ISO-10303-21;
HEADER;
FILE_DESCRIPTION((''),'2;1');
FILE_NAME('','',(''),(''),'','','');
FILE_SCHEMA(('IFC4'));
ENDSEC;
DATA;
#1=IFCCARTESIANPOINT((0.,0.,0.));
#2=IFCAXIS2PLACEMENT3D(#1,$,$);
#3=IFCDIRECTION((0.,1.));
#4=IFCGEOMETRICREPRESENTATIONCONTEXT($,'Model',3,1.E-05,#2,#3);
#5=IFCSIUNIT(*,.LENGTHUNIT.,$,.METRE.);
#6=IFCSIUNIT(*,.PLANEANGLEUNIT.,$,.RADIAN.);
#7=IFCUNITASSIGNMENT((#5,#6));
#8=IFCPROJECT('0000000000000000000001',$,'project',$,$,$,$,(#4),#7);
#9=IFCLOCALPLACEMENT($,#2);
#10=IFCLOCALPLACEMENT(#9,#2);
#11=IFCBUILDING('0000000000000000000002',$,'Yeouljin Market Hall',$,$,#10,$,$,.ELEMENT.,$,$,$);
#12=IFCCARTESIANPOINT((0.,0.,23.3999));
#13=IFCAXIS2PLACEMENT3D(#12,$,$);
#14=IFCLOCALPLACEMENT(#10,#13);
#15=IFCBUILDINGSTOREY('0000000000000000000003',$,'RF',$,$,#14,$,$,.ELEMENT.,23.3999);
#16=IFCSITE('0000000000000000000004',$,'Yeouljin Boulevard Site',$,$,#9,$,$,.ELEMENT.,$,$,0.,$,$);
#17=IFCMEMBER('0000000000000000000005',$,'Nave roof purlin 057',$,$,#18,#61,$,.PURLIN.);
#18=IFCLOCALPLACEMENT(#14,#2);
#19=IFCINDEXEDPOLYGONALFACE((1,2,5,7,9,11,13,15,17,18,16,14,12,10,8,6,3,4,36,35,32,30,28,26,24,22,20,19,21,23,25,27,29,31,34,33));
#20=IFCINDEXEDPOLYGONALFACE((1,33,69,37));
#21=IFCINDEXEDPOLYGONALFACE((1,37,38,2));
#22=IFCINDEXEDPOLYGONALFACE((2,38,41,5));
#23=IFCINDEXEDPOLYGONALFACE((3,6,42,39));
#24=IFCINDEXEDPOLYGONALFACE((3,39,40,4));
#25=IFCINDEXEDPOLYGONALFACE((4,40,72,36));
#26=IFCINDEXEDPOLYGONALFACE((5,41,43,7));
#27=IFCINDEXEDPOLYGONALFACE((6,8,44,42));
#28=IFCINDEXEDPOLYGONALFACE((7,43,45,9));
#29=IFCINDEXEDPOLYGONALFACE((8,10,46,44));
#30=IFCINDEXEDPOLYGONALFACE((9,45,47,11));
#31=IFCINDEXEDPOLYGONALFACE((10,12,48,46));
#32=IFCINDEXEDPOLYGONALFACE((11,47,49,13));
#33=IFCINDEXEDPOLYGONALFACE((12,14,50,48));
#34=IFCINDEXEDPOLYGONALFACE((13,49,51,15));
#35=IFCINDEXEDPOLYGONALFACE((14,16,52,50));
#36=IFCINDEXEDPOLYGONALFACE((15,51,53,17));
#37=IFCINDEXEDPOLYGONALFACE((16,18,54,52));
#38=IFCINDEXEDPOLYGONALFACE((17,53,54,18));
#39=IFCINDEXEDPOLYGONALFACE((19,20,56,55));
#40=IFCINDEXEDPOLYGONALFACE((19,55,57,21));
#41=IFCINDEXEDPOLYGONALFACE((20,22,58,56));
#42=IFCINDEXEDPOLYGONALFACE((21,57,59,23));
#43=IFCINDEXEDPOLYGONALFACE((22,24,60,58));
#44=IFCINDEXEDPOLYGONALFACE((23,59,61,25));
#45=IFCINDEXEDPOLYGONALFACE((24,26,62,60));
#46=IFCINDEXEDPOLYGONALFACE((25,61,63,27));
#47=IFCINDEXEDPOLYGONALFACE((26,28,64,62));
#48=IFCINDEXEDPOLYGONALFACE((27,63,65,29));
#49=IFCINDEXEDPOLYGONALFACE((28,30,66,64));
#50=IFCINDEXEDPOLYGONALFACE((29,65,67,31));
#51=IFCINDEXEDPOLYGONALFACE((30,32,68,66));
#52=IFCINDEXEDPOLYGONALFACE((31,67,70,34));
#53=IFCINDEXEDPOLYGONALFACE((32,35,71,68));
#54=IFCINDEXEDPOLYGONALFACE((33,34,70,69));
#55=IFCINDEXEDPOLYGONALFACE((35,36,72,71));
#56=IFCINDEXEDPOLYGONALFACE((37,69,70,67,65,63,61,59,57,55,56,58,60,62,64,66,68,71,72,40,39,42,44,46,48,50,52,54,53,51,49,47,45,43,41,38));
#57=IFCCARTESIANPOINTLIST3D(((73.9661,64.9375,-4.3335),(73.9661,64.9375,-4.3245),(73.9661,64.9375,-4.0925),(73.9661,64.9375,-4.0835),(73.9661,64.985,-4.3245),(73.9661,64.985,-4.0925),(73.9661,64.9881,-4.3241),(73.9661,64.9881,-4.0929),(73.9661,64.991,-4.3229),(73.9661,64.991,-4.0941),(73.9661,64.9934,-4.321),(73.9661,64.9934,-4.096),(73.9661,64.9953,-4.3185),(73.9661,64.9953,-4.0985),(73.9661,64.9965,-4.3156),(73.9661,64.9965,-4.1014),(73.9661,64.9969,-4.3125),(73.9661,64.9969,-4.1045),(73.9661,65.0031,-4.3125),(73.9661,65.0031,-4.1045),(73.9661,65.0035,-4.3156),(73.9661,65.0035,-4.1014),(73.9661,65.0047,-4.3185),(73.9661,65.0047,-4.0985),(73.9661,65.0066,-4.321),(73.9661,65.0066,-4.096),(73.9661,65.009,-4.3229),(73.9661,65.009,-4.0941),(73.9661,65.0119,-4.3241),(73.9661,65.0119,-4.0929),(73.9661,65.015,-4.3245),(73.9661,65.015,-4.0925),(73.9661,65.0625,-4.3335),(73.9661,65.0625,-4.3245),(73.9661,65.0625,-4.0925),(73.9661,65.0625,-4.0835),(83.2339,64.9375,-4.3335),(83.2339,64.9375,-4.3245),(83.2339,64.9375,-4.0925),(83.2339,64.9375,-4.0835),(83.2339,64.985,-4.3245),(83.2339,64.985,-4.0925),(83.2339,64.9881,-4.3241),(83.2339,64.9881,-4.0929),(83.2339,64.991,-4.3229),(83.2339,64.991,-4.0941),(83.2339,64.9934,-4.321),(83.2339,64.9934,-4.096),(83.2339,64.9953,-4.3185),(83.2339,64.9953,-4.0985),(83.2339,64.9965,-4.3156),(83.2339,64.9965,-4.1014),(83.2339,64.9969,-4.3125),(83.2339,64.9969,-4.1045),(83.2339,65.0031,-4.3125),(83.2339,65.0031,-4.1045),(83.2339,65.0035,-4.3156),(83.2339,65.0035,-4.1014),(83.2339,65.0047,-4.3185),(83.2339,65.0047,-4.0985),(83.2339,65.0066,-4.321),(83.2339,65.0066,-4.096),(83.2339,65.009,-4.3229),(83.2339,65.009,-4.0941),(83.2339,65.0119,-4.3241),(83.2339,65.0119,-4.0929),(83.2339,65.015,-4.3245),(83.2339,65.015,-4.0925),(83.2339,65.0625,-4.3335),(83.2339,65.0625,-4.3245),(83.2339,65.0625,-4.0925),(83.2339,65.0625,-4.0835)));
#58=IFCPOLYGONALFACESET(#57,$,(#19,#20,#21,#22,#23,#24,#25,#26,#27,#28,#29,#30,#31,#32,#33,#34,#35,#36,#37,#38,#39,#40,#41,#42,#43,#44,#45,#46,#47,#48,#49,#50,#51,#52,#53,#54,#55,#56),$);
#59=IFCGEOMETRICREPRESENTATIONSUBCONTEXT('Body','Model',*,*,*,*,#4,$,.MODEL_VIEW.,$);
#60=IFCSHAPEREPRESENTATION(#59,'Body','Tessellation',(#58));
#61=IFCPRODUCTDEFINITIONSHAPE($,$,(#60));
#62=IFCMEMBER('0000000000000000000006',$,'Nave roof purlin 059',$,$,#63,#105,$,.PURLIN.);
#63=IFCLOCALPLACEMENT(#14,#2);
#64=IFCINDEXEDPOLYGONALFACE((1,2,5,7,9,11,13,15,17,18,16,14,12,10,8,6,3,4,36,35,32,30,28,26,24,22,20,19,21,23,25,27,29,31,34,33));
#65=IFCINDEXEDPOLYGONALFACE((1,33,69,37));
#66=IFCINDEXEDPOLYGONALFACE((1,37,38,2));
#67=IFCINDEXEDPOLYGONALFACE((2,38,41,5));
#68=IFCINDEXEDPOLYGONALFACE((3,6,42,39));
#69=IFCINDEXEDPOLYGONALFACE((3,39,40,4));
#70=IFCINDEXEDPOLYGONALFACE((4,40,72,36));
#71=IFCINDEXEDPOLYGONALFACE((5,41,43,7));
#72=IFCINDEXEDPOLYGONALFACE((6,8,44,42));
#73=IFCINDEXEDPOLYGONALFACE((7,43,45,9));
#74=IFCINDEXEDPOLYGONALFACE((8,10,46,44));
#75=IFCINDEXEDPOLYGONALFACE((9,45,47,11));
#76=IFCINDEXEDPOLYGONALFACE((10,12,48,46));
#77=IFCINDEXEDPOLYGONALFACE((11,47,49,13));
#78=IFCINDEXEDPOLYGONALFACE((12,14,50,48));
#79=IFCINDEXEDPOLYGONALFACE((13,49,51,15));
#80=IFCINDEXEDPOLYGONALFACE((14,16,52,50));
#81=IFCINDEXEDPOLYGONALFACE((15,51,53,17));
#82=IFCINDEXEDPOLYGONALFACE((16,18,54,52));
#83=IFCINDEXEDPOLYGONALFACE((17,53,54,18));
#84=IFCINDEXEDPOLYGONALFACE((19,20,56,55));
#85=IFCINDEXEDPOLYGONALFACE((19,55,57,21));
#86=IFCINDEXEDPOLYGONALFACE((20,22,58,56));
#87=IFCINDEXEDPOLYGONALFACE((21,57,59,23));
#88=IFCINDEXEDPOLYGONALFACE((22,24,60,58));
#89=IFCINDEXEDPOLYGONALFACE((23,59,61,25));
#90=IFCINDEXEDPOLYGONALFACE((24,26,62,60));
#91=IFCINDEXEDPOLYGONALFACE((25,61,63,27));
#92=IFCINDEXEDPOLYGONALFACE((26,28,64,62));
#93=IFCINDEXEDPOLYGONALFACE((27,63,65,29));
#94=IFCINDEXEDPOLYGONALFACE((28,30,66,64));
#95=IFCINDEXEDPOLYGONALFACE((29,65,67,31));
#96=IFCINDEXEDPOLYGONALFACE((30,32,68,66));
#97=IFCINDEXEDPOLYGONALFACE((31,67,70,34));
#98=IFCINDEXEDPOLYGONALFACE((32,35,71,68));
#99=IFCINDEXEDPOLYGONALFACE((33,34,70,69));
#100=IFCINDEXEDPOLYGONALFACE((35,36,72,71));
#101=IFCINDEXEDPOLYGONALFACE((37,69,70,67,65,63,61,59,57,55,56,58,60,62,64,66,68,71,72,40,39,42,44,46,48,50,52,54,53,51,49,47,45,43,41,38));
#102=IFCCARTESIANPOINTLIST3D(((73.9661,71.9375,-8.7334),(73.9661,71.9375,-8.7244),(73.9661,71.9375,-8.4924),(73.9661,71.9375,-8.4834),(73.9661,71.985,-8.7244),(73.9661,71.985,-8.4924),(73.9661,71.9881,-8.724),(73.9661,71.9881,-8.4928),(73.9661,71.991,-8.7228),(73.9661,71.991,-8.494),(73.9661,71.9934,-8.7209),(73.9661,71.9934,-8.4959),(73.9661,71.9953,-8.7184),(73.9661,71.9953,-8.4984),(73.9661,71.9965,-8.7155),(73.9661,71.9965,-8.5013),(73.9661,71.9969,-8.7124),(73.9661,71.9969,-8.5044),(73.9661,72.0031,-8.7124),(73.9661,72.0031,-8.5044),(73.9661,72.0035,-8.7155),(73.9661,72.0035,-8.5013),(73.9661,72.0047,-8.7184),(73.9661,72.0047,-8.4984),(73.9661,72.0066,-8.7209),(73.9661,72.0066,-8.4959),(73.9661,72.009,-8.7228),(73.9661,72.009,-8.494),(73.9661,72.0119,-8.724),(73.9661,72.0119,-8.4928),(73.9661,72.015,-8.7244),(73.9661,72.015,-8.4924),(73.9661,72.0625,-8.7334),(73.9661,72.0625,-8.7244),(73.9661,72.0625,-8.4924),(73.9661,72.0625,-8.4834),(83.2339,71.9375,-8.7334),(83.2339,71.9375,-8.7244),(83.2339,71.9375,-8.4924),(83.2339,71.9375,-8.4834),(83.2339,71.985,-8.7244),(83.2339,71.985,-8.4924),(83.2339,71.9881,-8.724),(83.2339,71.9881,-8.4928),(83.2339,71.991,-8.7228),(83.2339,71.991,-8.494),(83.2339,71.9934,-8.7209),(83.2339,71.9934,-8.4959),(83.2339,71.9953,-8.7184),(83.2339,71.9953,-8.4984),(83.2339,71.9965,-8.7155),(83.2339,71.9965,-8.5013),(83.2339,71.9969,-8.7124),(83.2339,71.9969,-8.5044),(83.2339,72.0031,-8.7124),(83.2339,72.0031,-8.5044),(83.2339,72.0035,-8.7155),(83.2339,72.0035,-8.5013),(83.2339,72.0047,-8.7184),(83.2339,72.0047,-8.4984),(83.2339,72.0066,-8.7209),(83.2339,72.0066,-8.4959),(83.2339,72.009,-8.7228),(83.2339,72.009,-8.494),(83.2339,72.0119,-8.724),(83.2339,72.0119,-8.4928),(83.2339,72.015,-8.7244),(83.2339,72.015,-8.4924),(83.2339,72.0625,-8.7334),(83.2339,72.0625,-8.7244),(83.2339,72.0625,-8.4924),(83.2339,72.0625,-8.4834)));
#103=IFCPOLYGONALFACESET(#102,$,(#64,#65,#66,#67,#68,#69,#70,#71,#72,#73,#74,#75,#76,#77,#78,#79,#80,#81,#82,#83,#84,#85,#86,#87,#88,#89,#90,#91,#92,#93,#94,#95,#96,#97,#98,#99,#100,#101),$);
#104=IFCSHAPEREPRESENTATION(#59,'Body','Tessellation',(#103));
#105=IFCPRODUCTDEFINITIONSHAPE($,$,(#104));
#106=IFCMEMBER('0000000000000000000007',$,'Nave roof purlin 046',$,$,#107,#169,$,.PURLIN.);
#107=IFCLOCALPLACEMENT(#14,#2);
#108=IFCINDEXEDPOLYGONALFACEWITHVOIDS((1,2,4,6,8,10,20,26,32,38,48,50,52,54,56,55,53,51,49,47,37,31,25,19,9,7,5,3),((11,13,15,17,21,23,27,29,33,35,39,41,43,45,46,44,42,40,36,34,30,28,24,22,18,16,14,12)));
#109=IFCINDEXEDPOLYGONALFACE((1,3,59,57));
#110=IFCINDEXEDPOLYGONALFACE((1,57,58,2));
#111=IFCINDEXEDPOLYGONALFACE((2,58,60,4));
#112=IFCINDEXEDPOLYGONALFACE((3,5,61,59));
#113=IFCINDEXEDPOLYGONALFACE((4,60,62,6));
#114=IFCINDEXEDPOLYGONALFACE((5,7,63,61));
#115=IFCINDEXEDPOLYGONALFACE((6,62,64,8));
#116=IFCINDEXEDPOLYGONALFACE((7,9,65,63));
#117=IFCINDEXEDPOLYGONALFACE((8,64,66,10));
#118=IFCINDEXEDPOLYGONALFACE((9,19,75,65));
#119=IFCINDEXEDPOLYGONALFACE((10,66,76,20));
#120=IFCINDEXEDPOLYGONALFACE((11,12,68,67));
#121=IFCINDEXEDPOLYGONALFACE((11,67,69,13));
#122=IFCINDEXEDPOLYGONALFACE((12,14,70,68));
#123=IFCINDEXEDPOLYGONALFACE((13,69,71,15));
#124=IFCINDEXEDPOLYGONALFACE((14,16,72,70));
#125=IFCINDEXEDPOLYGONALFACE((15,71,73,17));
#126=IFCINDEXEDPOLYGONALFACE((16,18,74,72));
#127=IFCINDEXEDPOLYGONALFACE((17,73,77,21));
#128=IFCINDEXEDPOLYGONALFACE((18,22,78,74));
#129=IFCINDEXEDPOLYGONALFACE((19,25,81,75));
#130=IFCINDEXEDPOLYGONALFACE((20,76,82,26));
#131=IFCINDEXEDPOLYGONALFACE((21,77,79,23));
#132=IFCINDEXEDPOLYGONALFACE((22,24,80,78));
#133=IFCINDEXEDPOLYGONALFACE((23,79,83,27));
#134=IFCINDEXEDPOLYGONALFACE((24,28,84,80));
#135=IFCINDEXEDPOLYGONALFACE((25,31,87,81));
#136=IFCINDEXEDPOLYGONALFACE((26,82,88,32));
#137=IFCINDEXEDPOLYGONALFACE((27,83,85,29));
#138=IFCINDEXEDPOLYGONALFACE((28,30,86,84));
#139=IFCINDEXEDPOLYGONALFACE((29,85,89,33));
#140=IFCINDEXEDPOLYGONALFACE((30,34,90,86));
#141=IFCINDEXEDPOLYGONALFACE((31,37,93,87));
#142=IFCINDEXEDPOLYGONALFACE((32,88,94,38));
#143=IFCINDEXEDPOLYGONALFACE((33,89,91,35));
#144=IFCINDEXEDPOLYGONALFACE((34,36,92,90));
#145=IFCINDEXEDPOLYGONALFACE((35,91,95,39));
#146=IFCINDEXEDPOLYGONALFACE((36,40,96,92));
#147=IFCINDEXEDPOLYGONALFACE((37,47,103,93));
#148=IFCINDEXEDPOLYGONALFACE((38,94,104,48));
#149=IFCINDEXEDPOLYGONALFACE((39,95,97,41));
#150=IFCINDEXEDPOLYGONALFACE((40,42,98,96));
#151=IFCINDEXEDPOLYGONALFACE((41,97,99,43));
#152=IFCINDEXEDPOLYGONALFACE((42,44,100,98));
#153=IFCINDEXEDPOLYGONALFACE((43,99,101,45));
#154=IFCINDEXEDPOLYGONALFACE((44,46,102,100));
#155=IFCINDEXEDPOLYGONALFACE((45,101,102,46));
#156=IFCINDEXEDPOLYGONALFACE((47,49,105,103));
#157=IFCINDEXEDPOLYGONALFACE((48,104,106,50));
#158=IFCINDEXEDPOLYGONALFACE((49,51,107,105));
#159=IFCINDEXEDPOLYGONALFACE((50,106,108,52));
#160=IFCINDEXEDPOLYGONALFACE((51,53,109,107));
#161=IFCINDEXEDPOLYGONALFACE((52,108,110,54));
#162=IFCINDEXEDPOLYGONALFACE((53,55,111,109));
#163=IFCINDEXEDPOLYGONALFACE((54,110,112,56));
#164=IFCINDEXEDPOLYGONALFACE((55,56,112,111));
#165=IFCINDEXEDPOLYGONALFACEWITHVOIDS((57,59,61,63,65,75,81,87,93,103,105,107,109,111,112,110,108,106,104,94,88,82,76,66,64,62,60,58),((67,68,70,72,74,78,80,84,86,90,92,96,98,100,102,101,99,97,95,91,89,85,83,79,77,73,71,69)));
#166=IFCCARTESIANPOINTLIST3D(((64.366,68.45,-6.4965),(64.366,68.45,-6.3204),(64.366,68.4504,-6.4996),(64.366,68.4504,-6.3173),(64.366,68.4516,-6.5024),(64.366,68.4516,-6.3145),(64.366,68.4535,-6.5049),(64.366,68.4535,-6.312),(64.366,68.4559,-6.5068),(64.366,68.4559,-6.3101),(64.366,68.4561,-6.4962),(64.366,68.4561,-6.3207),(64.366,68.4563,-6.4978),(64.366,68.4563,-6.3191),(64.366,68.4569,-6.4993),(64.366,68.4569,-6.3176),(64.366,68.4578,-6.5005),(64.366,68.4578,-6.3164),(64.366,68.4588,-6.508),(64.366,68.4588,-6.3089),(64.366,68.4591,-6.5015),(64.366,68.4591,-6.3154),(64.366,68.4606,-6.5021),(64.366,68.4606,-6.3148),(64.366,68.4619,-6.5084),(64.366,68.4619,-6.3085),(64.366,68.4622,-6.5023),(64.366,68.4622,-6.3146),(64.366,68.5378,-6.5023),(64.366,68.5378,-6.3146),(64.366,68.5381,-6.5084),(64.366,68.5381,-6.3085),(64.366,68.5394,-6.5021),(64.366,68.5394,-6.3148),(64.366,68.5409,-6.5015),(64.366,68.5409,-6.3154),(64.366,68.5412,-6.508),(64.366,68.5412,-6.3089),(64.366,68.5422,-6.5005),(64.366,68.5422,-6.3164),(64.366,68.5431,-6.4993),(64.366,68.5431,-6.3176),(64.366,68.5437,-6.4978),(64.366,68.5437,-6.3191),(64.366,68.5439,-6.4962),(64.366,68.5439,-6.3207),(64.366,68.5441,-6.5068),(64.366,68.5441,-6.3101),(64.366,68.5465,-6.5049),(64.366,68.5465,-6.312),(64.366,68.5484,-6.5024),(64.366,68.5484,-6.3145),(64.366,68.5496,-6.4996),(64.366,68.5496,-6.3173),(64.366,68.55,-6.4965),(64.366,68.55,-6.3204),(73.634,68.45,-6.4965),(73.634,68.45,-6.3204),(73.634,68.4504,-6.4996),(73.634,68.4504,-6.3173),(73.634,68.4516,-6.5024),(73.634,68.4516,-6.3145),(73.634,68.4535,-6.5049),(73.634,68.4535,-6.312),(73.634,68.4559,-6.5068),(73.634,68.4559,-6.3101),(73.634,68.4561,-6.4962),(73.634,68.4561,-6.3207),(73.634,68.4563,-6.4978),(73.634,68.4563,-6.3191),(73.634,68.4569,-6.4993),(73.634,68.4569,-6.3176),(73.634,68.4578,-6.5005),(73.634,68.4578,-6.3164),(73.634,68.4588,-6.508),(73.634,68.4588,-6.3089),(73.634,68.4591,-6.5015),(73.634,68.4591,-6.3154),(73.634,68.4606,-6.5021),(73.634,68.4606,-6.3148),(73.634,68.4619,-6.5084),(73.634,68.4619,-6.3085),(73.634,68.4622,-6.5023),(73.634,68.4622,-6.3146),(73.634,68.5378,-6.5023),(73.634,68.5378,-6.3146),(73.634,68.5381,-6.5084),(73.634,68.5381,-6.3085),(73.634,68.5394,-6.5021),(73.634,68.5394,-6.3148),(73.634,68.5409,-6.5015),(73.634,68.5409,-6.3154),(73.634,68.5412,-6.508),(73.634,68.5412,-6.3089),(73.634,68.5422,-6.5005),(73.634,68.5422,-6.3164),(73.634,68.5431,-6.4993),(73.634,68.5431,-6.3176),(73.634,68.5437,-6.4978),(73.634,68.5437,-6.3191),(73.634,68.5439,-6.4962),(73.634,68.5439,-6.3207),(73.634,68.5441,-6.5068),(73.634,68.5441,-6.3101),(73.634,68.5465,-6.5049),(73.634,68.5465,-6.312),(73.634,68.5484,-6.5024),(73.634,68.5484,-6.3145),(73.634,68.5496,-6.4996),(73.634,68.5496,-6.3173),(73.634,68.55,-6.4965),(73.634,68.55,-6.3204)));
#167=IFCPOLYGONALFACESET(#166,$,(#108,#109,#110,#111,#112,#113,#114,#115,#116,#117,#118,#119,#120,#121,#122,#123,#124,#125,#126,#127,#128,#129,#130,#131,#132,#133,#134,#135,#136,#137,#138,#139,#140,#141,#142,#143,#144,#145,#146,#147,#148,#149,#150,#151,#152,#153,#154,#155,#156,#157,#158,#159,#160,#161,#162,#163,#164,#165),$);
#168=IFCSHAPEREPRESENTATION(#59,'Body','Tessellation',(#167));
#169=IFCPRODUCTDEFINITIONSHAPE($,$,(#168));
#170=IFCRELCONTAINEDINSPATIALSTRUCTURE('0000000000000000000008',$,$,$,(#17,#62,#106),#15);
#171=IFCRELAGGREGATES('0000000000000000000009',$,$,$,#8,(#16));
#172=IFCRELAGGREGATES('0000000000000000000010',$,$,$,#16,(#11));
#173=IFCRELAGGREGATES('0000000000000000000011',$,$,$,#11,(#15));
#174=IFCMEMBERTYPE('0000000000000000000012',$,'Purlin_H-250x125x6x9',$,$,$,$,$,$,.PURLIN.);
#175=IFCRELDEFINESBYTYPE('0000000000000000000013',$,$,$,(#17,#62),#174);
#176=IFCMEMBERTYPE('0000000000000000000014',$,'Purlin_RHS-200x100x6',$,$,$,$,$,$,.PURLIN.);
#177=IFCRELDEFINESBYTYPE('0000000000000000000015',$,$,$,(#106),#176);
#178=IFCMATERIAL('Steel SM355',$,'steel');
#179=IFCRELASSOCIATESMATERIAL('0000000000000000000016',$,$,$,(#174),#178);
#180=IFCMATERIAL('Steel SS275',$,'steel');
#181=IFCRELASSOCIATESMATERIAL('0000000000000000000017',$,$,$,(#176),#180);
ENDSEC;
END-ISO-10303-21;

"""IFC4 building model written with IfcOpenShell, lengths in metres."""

from ifc_helpers import new_model, si_unit, direction, frame, origin, origin_2d, place, context, subcontext, project, spatial, hollow_rectangle, i_section, extrude, material, material_profile, profile_set, type_object, element, save


model = new_model("IFC4")

# Units and contexts
model_context = context("Model", 3, precision=1e-05, world=origin(), true_north=direction((0.0, 1.0)))
body_context = subcontext(model_context, "Body", "Model", "MODEL_VIEW")
ifc_project = project(units=[si_unit("LENGTHUNIT", "METRE"), si_unit("PLANEANGLEUNIT", "RADIAN")], contexts=[model_context])

# Site, building, storey
site_placement = place(None, origin())
site = spatial("IfcSite", under=ifc_project, at=site_placement, Name="Yeouljin Boulevard Site", CompositionType="ELEMENT", RefElevation=0.0)
building_placement = place(site_placement, origin())
building = spatial("IfcBuilding", under=site, at=building_placement, Name="Yeouljin Market Hall", CompositionType="ELEMENT")
storey_placement = place(building_placement, frame((0.0, 0.0, 23.3999)))
storey = spatial("IfcBuildingStorey", under=building, at=storey_placement, Name="RF", CompositionType="ELEMENT", Elevation=23.3999)

# Members
ifc_material_1 = material(Name="Steel SM355", Category="steel")
ifc_material_profile_1 = material_profile(ifc_material_1, i_section(OverallWidth=0.125, OverallDepth=0.25, WebThickness=0.0061, FlangeThickness=0.009, FilletRadius=0.012, at=origin_2d()), Name="H-250x125x6x9")
ifc_profile_set_1 = profile_set([ifc_material_profile_1], Name="Steel SM355")
member_type_1 = type_object("IfcMemberType", Name="Purlin_H-250x125x6x9", PredefinedType="PURLIN", material=ifc_profile_set_1)
for number, where, z_axis, x_axis, name in (
    (1, (73.9661, 65.0, -4.2085), (1.0, 0.0, 0.0), (0.0, 1.0, 0.0), "Nave roof purlin 057"),
    (2, (73.9661, 72.0, -8.6084), (1.0, 0.0, 0.0), (0.0, 1.0, 0.0), "Nave roof purlin 059"),
):
    element("IfcMember", number, at=place(storey_placement, frame(where, z_axis=z_axis, x_axis=x_axis)), inside=storey, type_object=member_type_1, Name=name, PredefinedType="PURLIN", context=body_context, shape_type="SweptSolid", body=[
        extrude(i_section(OverallWidth=0.125, OverallDepth=0.25, WebThickness=0.0061, FlangeThickness=0.009, FilletRadius=0.012, at=origin_2d()), origin(), (0.0, 0.0, 1.0), 9.2678),
    ])
ifc_material_2 = material(Name="Steel SS275", Category="steel")
ifc_material_profile_2 = material_profile(ifc_material_2, hollow_rectangle(XDim=0.1001, YDim=0.2, WallThickness=0.0061, InnerFilletRadius=0.0061, OuterFilletRadius=0.012, at=origin_2d()), Name="RHS-200x100x6")
ifc_profile_set_2 = profile_set([ifc_material_profile_2], Name="Steel SS275")
member_type_2 = type_object("IfcMemberType", Name="Purlin_RHS-200x100x6", PredefinedType="PURLIN", material=ifc_profile_set_2)
for number, where, z_axis, x_axis, name in (
    (3, (64.366, 68.5, -6.4084), (1.0, 0.0, 0.0), (0.0, 1.0, 0.0), "Nave roof purlin 046"),
):
    element("IfcMember", number, at=place(storey_placement, frame(where, z_axis=z_axis, x_axis=x_axis)), inside=storey, type_object=member_type_2, Name=name, PredefinedType="PURLIN", context=body_context, shape_type="SweptSolid", body=[
        extrude(hollow_rectangle(XDim=0.1001, YDim=0.2, WallThickness=0.0061, InnerFilletRadius=0.0061, OuterFilletRadius=0.012, at=origin_2d()), origin(), (0.0, 0.0, 1.0), 9.2681),
    ])

save(model, "model.ifc")
